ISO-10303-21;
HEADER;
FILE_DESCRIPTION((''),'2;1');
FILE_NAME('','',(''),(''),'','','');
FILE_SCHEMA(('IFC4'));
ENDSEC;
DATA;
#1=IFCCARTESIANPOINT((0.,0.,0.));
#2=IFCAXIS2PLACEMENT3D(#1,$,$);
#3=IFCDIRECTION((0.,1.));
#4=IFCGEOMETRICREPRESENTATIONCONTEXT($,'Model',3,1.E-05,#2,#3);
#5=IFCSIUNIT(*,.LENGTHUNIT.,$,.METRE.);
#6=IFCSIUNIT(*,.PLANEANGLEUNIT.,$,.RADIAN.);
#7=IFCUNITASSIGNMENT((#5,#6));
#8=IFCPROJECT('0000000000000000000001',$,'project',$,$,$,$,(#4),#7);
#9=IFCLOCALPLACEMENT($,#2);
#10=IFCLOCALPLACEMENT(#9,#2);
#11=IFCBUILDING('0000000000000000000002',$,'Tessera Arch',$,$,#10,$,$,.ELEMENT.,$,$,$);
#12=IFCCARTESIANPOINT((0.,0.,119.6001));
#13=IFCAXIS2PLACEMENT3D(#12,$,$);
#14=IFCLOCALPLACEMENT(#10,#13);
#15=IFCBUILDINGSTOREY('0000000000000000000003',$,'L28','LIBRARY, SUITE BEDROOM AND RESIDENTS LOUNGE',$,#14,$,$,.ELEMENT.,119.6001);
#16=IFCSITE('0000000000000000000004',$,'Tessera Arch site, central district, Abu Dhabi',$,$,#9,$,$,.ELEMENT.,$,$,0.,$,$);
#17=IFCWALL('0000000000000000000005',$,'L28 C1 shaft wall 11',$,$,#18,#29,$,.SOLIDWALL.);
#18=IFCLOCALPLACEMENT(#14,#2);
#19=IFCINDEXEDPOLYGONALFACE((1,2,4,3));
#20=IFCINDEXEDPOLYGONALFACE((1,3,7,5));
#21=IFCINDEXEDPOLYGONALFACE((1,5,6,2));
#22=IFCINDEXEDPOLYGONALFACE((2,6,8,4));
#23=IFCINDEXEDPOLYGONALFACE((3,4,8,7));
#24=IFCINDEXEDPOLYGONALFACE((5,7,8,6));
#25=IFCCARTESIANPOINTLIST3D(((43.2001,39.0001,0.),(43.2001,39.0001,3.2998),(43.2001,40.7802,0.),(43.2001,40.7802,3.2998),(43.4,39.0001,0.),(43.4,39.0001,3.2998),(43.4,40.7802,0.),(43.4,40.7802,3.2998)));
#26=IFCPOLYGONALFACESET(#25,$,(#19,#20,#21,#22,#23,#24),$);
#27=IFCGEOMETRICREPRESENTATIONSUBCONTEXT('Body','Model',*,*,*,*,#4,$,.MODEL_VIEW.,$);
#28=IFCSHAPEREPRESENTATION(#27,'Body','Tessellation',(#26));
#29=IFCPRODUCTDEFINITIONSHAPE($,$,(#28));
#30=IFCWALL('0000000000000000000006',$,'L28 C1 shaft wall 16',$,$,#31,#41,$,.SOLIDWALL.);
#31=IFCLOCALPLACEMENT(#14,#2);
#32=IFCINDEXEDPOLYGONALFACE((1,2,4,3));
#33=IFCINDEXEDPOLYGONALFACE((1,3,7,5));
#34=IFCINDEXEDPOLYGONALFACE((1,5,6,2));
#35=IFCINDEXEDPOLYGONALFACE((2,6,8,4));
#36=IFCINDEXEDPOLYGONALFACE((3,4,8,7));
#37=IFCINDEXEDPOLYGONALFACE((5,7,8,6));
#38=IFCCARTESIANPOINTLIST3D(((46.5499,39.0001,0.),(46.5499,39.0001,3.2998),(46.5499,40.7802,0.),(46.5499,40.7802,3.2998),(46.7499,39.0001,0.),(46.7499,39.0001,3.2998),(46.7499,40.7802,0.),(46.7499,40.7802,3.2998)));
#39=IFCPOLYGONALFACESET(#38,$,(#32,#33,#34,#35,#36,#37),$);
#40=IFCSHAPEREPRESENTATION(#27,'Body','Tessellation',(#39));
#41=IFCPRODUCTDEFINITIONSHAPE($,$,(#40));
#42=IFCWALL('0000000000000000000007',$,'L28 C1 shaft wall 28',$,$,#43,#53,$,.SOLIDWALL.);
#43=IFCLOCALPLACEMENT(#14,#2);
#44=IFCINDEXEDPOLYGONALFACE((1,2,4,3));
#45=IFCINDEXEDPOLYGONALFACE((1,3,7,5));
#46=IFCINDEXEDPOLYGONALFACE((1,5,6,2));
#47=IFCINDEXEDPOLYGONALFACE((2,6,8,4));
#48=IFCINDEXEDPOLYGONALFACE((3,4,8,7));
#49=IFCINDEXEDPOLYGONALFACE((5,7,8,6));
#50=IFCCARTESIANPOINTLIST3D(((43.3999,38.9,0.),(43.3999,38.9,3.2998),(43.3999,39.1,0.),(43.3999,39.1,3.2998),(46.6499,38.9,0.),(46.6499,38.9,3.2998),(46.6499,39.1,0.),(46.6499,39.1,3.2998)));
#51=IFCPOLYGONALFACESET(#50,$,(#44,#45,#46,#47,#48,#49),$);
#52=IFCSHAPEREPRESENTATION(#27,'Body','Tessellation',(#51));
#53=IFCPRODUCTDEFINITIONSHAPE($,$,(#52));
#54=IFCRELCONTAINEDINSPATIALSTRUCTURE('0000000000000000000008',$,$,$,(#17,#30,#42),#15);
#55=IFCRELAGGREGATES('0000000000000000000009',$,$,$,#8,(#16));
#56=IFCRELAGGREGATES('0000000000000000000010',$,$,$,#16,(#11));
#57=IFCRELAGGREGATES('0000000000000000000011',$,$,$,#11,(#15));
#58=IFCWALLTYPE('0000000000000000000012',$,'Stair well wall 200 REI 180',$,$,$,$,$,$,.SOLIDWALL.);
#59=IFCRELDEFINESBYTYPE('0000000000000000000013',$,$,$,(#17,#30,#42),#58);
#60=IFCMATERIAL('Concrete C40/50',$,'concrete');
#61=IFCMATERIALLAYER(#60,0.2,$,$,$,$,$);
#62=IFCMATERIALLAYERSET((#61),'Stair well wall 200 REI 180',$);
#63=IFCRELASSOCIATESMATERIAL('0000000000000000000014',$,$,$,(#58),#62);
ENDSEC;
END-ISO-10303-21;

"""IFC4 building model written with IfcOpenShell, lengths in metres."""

from ifc_helpers import new_model, si_unit, direction, frame, frame_2d, origin, place, context, subcontext, project, spatial, rectangle, extrude, material, layer, layer_set, type_object, element, save


model = new_model("IFC4")

# Units and contexts
model_context = context("Model", 3, precision=1e-05, world=origin(), true_north=direction((0.0, 1.0)))
body_context = subcontext(model_context, "Body", "Model", "MODEL_VIEW")
ifc_project = project(units=[si_unit("LENGTHUNIT", "METRE"), si_unit("PLANEANGLEUNIT", "RADIAN")], contexts=[model_context])

# Site, building, storey
site_placement = place(None, origin())
site = spatial("IfcSite", under=ifc_project, at=site_placement, Name="Tessera Arch site, central district, Abu Dhabi", CompositionType="ELEMENT", RefElevation=0.0)
building_placement = place(site_placement, origin())
building = spatial("IfcBuilding", under=site, at=building_placement, Name="Tessera Arch", CompositionType="ELEMENT")
storey_placement = place(building_placement, frame((0.0, 0.0, 119.6001)))
storey = spatial("IfcBuildingStorey", under=building, at=storey_placement, Name="L28", Description="LIBRARY, SUITE BEDROOM AND RESIDENTS LOUNGE", CompositionType="ELEMENT", Elevation=119.6001)

# Walls
ifc_material_1 = material(Name="Concrete C40/50", Category="concrete")
ifc_layer_1 = layer(ifc_material_1, 0.2)
ifc_layer_set_1 = layer_set([ifc_layer_1], Name="Stair well wall 200 REI 180")
wall_type_1 = type_object("IfcWallType", Name="Stair well wall 200 REI 180", PredefinedType="SOLIDWALL", material=ifc_layer_set_1)
for number, where, z_axis, x_axis, name in (
    (1, (43.3, 39.0, 0.0), (0.0, 0.0, 1.0), (0.0, 1.0, 0.0), "L28 C1 shaft wall 11"),
    (2, (46.6499, 39.0, 0.0), (0.0, 0.0, 1.0), (0.0, 1.0, 0.0), "L28 C1 shaft wall 16"),
):
    element("IfcWall", number, at=place(storey_placement, frame(where, z_axis=z_axis, x_axis=x_axis)), inside=storey, type_object=wall_type_1, Name=name, PredefinedType="SOLIDWALL", context=body_context, shape_type="SweptSolid", body=[
        extrude(rectangle(XDim=1.78, YDim=0.2, at=frame_2d((0.8901, 0.0))), origin(), (0.0, 0.0, 1.0), 3.2998),
    ])
wall_1_placement = place(storey_placement, frame((43.3999, 39.0, 0.0), z_axis=(0.0, 0.0, 1.0), x_axis=(1.0, 0.0, 0.0)))
element("IfcWall", 3, at=wall_1_placement, inside=storey, type_object=wall_type_1, Name="L28 C1 shaft wall 28", PredefinedType="SOLIDWALL", context=body_context, shape_type="SweptSolid", body=[
    extrude(rectangle(XDim=3.25, YDim=0.2, at=frame_2d((1.625, 0.0))), origin(), (0.0, 0.0, 1.0), 3.2998),
])

save(model, "model.ifc")
